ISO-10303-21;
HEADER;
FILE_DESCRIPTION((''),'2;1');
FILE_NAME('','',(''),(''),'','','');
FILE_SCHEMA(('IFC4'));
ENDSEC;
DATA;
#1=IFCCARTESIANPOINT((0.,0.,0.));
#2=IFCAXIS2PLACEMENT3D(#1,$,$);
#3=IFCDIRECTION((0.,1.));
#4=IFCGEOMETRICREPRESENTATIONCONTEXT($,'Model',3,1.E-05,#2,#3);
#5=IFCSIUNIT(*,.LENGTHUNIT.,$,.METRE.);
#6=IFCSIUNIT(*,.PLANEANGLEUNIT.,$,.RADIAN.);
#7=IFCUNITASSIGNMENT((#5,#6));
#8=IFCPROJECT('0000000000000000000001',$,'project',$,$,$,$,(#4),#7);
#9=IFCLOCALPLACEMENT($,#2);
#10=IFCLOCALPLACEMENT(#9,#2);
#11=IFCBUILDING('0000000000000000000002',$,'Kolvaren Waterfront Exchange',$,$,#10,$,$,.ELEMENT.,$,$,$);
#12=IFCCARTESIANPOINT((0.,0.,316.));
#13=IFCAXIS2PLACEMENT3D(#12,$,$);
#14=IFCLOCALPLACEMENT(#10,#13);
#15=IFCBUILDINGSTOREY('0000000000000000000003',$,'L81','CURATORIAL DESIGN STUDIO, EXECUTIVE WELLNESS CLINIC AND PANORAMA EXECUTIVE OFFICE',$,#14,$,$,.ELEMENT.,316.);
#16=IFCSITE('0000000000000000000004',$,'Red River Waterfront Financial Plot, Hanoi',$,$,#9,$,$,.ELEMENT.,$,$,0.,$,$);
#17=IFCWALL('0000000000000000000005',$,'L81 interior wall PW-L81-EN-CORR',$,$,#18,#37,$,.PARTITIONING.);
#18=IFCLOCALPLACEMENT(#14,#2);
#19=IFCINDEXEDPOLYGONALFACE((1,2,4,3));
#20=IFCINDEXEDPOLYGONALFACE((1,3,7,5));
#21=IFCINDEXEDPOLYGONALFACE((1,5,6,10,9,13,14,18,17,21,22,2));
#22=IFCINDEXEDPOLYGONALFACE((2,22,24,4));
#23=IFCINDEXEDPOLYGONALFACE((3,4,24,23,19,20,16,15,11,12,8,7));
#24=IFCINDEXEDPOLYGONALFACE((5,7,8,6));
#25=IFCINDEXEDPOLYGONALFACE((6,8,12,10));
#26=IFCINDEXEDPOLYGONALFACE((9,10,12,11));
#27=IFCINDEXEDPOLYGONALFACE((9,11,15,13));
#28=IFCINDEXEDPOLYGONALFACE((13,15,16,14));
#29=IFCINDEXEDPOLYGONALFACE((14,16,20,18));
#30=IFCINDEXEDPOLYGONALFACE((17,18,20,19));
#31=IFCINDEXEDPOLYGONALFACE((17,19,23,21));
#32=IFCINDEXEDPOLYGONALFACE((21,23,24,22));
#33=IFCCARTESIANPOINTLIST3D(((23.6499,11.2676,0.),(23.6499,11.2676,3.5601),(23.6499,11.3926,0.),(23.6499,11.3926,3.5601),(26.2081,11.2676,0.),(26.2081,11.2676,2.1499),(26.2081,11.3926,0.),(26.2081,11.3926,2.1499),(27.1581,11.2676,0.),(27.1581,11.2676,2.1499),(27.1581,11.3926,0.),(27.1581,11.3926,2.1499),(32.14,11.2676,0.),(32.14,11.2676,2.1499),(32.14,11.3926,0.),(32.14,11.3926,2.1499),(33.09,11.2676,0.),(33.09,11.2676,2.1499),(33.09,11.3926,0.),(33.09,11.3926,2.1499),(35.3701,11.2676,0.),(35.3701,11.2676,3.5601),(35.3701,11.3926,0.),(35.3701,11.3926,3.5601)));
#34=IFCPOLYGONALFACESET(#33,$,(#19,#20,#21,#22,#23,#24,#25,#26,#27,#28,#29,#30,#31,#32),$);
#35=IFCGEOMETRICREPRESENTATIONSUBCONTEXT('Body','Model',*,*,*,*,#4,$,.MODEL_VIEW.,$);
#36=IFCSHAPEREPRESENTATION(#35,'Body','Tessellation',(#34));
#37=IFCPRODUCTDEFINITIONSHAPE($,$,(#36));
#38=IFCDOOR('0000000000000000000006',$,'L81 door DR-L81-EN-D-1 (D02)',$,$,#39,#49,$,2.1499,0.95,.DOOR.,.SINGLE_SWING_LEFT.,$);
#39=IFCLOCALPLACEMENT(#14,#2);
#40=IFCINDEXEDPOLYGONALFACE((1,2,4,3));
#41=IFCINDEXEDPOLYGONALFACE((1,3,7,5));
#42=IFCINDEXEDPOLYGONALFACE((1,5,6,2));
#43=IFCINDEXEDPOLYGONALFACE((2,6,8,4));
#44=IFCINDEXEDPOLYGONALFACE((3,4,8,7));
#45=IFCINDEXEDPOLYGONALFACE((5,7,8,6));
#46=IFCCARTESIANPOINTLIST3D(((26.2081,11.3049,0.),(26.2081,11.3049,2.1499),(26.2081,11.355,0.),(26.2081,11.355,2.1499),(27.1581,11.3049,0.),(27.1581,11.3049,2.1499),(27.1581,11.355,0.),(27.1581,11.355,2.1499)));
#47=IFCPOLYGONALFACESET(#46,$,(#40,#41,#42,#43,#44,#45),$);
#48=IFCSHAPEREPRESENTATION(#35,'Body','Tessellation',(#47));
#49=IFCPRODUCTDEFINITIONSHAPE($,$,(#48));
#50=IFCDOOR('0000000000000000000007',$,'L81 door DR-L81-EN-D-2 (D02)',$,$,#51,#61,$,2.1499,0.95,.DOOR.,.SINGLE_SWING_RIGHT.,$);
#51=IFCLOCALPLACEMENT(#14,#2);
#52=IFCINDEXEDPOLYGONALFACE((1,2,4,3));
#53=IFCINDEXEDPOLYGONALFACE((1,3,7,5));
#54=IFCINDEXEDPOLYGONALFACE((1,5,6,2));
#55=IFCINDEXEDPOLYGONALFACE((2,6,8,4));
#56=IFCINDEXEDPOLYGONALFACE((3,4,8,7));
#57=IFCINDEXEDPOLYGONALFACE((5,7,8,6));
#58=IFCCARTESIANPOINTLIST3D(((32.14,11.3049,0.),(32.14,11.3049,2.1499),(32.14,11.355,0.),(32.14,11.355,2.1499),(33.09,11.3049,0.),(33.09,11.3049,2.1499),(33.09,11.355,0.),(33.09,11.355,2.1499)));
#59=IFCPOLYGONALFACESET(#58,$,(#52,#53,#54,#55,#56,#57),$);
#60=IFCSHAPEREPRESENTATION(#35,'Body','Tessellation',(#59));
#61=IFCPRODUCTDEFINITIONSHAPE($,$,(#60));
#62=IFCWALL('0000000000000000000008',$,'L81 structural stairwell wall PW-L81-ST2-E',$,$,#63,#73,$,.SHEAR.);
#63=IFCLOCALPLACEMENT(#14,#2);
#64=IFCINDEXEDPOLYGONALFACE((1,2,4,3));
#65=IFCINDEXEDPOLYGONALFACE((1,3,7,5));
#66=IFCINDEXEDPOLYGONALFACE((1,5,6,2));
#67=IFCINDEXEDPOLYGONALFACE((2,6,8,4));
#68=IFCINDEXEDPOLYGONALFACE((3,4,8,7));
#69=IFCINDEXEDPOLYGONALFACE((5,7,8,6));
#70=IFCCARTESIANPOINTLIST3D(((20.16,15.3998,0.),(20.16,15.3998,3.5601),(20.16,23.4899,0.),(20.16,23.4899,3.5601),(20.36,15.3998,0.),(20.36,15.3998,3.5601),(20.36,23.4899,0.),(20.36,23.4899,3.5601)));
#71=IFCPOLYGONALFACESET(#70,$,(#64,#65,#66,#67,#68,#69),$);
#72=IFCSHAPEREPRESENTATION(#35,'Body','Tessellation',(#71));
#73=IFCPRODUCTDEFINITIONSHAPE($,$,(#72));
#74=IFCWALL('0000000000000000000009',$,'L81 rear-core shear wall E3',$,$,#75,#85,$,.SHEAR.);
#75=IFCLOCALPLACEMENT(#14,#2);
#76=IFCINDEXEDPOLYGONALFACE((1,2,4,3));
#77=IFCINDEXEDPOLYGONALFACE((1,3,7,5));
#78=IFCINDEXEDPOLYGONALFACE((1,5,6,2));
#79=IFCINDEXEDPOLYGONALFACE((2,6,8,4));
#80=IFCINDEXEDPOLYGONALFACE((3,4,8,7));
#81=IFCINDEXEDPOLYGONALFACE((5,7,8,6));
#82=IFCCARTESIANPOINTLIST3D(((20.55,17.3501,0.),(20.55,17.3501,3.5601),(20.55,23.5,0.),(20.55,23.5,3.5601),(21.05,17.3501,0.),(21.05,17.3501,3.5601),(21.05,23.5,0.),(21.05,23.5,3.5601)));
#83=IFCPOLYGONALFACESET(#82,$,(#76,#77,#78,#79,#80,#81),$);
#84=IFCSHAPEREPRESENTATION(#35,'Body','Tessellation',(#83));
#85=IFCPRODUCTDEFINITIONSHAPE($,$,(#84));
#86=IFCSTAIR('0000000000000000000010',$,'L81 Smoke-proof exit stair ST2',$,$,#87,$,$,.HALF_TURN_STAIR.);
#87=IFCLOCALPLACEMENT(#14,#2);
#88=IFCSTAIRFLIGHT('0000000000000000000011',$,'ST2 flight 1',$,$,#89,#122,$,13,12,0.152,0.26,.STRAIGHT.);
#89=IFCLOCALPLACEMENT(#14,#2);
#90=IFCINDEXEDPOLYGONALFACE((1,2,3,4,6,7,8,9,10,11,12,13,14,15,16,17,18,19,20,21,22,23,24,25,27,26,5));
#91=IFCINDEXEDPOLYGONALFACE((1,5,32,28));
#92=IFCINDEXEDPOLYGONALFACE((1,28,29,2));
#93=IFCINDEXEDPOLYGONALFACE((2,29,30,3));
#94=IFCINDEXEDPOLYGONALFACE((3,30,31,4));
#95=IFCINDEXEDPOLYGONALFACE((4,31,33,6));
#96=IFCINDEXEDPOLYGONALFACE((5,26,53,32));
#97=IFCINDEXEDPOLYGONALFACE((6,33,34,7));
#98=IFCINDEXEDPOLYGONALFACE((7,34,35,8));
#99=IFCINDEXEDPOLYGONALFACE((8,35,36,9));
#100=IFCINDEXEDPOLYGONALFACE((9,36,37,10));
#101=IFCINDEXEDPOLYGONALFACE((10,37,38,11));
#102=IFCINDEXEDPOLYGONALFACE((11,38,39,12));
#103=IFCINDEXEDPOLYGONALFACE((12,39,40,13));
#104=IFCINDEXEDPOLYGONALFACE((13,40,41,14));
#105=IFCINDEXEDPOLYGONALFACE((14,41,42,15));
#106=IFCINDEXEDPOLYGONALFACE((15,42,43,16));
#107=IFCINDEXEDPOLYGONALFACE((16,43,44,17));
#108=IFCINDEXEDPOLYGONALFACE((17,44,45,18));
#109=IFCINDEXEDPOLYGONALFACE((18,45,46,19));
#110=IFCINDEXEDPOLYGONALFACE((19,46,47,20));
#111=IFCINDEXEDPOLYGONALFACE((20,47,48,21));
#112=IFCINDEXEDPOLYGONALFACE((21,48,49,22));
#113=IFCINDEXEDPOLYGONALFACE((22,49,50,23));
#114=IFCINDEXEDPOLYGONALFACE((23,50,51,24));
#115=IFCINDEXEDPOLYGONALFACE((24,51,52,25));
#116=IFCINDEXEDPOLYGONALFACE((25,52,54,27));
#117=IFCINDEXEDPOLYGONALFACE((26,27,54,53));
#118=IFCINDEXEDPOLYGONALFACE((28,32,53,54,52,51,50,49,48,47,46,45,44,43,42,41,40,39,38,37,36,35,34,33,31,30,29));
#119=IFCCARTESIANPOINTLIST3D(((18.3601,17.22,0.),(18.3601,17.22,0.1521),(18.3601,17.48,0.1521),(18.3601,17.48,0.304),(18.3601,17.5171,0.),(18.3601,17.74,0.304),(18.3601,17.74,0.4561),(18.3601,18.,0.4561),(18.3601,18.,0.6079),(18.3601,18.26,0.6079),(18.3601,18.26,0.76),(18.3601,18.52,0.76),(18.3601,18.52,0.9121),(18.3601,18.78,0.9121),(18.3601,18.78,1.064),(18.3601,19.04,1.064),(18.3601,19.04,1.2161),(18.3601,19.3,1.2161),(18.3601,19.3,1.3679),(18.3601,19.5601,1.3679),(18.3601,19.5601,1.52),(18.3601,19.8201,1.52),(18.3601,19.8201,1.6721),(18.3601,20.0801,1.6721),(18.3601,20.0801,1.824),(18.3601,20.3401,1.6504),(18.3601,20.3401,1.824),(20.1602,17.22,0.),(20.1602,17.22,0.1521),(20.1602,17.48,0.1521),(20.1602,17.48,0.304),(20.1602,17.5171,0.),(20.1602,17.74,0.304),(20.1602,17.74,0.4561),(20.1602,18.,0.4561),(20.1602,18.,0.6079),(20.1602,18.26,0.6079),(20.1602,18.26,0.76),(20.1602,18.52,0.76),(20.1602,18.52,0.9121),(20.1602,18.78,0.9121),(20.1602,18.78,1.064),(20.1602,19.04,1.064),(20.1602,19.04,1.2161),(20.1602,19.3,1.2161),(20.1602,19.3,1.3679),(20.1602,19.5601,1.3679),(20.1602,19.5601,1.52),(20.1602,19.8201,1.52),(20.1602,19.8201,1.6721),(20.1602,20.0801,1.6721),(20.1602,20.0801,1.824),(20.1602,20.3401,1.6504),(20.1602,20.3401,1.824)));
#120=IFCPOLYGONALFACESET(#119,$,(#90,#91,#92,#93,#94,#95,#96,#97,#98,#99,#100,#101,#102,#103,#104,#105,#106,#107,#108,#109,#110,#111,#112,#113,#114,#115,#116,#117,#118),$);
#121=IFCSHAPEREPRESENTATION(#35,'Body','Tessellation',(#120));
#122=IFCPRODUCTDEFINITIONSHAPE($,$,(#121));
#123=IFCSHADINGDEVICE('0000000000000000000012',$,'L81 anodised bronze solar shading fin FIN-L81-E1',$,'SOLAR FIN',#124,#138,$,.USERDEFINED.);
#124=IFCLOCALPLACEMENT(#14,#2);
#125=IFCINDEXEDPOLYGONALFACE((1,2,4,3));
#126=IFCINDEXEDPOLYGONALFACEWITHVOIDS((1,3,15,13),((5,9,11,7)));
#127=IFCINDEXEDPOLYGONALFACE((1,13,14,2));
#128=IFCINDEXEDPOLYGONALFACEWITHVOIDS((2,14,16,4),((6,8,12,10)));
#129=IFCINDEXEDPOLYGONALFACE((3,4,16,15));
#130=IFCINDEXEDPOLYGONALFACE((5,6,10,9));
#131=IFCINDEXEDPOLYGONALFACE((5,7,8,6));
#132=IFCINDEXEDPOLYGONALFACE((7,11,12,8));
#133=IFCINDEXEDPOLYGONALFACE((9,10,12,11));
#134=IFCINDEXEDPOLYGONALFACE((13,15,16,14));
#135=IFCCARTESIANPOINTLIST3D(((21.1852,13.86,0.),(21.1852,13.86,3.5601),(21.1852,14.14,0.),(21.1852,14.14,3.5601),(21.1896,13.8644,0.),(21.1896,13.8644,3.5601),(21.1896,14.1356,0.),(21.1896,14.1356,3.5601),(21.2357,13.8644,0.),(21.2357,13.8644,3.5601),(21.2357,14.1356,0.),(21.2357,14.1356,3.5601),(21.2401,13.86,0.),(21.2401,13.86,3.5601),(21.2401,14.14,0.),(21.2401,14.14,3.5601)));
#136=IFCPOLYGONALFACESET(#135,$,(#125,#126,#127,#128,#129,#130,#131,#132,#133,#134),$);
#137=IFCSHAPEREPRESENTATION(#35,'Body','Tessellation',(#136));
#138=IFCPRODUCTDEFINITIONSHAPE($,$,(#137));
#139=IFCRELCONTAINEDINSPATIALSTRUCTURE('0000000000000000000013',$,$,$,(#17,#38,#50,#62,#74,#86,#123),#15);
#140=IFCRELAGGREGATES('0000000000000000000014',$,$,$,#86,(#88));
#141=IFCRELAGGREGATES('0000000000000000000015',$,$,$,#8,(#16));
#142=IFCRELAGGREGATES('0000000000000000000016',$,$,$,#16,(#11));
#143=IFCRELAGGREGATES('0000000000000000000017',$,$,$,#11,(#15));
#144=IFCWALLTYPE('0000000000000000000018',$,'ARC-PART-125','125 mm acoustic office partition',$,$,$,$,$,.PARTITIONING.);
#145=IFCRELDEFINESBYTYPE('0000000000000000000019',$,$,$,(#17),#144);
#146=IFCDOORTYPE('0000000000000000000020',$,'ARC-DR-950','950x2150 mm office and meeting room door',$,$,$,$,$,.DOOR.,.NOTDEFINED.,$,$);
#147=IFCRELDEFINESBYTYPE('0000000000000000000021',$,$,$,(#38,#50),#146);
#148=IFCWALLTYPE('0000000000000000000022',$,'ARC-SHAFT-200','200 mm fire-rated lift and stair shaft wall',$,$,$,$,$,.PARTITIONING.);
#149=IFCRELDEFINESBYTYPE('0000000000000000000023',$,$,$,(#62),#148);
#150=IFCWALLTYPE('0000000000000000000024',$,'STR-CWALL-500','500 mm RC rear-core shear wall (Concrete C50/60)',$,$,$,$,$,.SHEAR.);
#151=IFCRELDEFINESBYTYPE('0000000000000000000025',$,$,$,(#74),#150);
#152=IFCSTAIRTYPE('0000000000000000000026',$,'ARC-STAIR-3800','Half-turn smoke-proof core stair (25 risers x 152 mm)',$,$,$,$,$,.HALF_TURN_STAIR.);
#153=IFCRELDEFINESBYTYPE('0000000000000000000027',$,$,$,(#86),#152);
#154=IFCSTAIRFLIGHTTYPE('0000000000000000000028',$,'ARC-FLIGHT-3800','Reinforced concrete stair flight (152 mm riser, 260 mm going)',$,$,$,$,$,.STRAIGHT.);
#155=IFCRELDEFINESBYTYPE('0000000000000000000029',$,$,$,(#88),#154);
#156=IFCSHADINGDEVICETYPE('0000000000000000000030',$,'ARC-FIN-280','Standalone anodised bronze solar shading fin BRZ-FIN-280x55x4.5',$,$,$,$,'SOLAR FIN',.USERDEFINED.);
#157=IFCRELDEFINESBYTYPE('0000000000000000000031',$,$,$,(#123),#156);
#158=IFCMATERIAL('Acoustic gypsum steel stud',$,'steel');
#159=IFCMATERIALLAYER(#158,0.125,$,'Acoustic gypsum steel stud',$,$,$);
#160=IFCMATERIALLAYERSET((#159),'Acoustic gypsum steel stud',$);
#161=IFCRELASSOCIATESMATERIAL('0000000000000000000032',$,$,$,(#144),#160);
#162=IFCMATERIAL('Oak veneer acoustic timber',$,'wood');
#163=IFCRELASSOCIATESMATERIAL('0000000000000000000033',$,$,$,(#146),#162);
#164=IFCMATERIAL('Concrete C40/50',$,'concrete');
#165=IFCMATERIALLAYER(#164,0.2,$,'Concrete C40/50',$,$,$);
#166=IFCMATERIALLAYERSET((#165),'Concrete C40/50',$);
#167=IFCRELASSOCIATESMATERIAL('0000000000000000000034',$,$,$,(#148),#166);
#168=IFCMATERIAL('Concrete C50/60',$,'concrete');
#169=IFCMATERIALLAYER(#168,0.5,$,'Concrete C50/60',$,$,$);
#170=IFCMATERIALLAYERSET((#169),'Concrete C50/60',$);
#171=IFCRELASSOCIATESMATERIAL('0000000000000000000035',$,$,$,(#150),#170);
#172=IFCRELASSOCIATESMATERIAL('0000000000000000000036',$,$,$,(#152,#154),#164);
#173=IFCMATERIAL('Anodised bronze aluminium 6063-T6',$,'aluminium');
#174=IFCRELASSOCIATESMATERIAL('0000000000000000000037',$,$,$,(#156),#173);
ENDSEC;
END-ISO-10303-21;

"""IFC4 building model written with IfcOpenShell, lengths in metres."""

from ifc_helpers import new_model, si_unit, direction, frame, frame_2d, origin, origin_2d, place, context, subcontext, project, spatial, polyline, rectangle, hollow_rectangle, outline, extrude, material, layer, layer_set, material_profile, profile_set, type_object, element, fill, aggregate, save


model = new_model("IFC4")

# Units and contexts
model_context = context("Model", 3, precision=1e-05, world=origin(), true_north=direction((0.0, 1.0)))
body_context = subcontext(model_context, "Body", "Model", "MODEL_VIEW")
ifc_project = project(units=[si_unit("LENGTHUNIT", "METRE"), si_unit("PLANEANGLEUNIT", "RADIAN")], contexts=[model_context])

# Site, building, storey
site_placement = place(None, origin())
site = spatial("IfcSite", under=ifc_project, at=site_placement, Name="Red River Waterfront Financial Plot, Hanoi", CompositionType="ELEMENT", RefElevation=0.0)
building_placement = place(site_placement, origin())
building = spatial("IfcBuilding", under=site, at=building_placement, Name="Kolvaren Waterfront Exchange", CompositionType="ELEMENT")
storey_placement = place(building_placement, frame((0.0, 0.0, 316.0)))
storey = spatial("IfcBuildingStorey", under=building, at=storey_placement, Name="L81", Description="CURATORIAL DESIGN STUDIO, EXECUTIVE WELLNESS CLINIC AND PANORAMA EXECUTIVE OFFICE", CompositionType="ELEMENT", Elevation=316.0)

# Shared definitions
ifc_material_1 = material(Name="Concrete C50/60", Category="concrete")

# Shared definitions
ifc_material_2 = material(Name="Acoustic gypsum steel stud", Category="steel")
ifc_layer_1 = layer(ifc_material_2, 0.125, Name="Acoustic gypsum steel stud")
ifc_layer_set_1 = layer_set([ifc_layer_1], Name="Acoustic gypsum steel stud")
wall_type_1 = type_object("IfcWallType", Name="ARC-PART-125", Description="125 mm acoustic office partition", PredefinedType="PARTITIONING", material=ifc_layer_set_1)

# Wall, openings, doors
wall_1_placement = place(storey_placement, frame((23.6499, 11.3301, 0.0), z_axis=(0.0, 0.0, 1.0), x_axis=(1.0, 0.0, 0.0)))
wall_1 = element("IfcWall", 1, at=wall_1_placement, inside=storey, type_object=wall_type_1, Name="L81 interior wall PW-L81-EN-CORR", PredefinedType="PARTITIONING", context=body_context, shape_type="SweptSolid", body=[
    extrude(rectangle(XDim=11.7202, YDim=0.125, at=frame_2d((5.8601, 0.0))), origin(), (0.0, 0.0, 1.0), 3.5601),
])
opening_1_placement = place(wall_1_placement, frame((2.5581, 0.0, 0.0)))
opening_1 = element("IfcOpeningElement", 2, at=opening_1_placement, cuts=wall_1, PredefinedType="OPENING", context=body_context, shape_type="SweptSolid", body=[
    extrude(rectangle(XDim=0.95, YDim=2.1499, at=frame_2d((0.4751, 1.075))), frame((0.0, 0.0725, 0.0), z_axis=(0.0, -1.0, 0.0), x_axis=(1.0, 0.0, 0.0)), (0.0, 0.0, 1.0), 0.145),
])
opening_2_placement = place(wall_1_placement, frame((8.49, 0.0, 0.0)))
opening_2 = element("IfcOpeningElement", 3, at=opening_2_placement, cuts=wall_1, PredefinedType="OPENING", context=body_context, shape_type="SweptSolid", body=[
    extrude(rectangle(XDim=0.95, YDim=2.1499, at=frame_2d((0.4751, 1.075))), frame((0.0, 0.0725, 0.0), z_axis=(0.0, -1.0, 0.0), x_axis=(1.0, 0.0, 0.0)), (0.0, 0.0, 1.0), 0.145),
])
ifc_material_3 = material(Name="Oak veneer acoustic timber", Category="wood")
door_type = type_object("IfcDoorType", Name="ARC-DR-950", Description="950x2150 mm office and meeting room door", OperationType="NOTDEFINED", PredefinedType="DOOR", material=ifc_material_3)
door_1_placement = place(opening_1_placement, origin())
door_1 = element("IfcDoor", 4, at=door_1_placement, inside=storey, type_object=door_type, Name="L81 door DR-L81-EN-D-1 (D02)", OperationType="SINGLE_SWING_LEFT", OverallHeight=2.1499, OverallWidth=0.95, PredefinedType="DOOR", context=body_context, shape_type="SweptSolid", body=[
    extrude(rectangle(XDim=0.95, YDim=2.1499, at=frame_2d((0.4751, 1.075))), frame((0.0, 0.0249, 0.0), z_axis=(0.0, -1.0, 0.0), x_axis=(1.0, 0.0, 0.0)), (0.0, 0.0, 1.0), 0.05),
])
fill(opening_1, door_1)
door_2_placement = place(opening_2_placement, origin())
door_2 = element("IfcDoor", 5, at=door_2_placement, inside=storey, type_object=door_type, Name="L81 door DR-L81-EN-D-2 (D02)", OperationType="SINGLE_SWING_RIGHT", OverallHeight=2.1499, OverallWidth=0.95, PredefinedType="DOOR", context=body_context, shape_type="SweptSolid", body=[
    extrude(rectangle(XDim=0.95, YDim=2.1499, at=frame_2d((0.4751, 1.075))), frame((0.0, 0.0249, 0.0), z_axis=(0.0, -1.0, 0.0), x_axis=(1.0, 0.0, 0.0)), (0.0, 0.0, 1.0), 0.05),
])
fill(opening_2, door_2)

# Walls
ifc_material_4 = material(Name="Concrete C40/50", Category="concrete")
ifc_layer_2 = layer(ifc_material_4, 0.2, Name="Concrete C40/50")
ifc_layer_set_2 = layer_set([ifc_layer_2], Name="Concrete C40/50")
wall_type_2 = type_object("IfcWallType", Name="ARC-SHAFT-200", Description="200 mm fire-rated lift and stair shaft wall", PredefinedType="PARTITIONING", material=ifc_layer_set_2)
wall_2_placement = place(storey_placement, frame((20.26, 15.3999, 0.0), z_axis=(0.0, 0.0, 1.0), x_axis=(0.0, 1.0, 0.0)))
element("IfcWall", 6, at=wall_2_placement, inside=storey, type_object=wall_type_2, Name="L81 structural stairwell wall PW-L81-ST2-E", PredefinedType="SHEAR", context=body_context, shape_type="SweptSolid", body=[
    extrude(rectangle(XDim=8.0901, YDim=0.2, at=frame_2d((4.0449, 0.0))), origin(), (0.0, 0.0, 1.0), 3.5601),
])
ifc_layer_3 = layer(ifc_material_1, 0.5, Name="Concrete C50/60")
ifc_layer_set_3 = layer_set([ifc_layer_3], Name="Concrete C50/60")
wall_type_3 = type_object("IfcWallType", Name="STR-CWALL-500", Description="500 mm RC rear-core shear wall (Concrete C50/60)", PredefinedType="SHEAR", material=ifc_layer_set_3)
wall_3_placement = place(storey_placement, frame((20.8, 17.3501, 0.0), z_axis=(0.0, 0.0, 1.0), x_axis=(0.0, 1.0, 0.0)))
element("IfcWall", 7, at=wall_3_placement, inside=storey, type_object=wall_type_3, Name="L81 rear-core shear wall E3", PredefinedType="SHEAR", context=body_context, shape_type="SweptSolid", body=[
    extrude(rectangle(XDim=6.1499, YDim=0.5, at=frame_2d((3.075, 0.0))), origin(), (0.0, 0.0, 1.0), 3.5601),
])

# Stair, stair flight
stair_type = type_object("IfcStairType", Name="ARC-STAIR-3800", Description="Half-turn smoke-proof core stair (25 risers x 152 mm)", PredefinedType="HALF_TURN_STAIR", material=ifc_material_4)
stair_placement = place(storey_placement, origin())
stair = element("IfcStair", 8, at=stair_placement, inside=storey, type_object=stair_type, Name="L81 Smoke-proof exit stair ST2", PredefinedType="HALF_TURN_STAIR")
stair_flight_type = type_object("IfcStairFlightType", Name="ARC-FLIGHT-3800", Description="Reinforced concrete stair flight (152 mm riser, 260 mm going)", PredefinedType="STRAIGHT", material=ifc_material_4)
stair_flight_placement = place(storey_placement, frame((19.26, 17.22, 0.0), z_axis=(0.0, 0.0, 1.0), x_axis=(0.0, 1.0, 0.0)))
stair_flight = element("IfcStairFlight", 9, at=stair_flight_placement, type_object=stair_flight_type, Name="ST2 flight 1", NumberOfRisers=13, NumberOfTreads=12, PredefinedType="STRAIGHT", RiserHeight=0.152, TreadLength=0.26, context=body_context, shape_type="SweptSolid", body=[
    extrude(outline(polyline([(0.0, 0.0), (0.0, 0.1521), (0.26, 0.1521), (0.26, 0.304), (0.52, 0.304), (0.52, 0.4561), (0.78, 0.4561), (0.78, 0.6079), (1.04, 0.6079), (1.04, 0.76), (1.3, 0.76), (1.3, 0.9121), (1.5601, 0.9121), (1.5601, 1.064), (1.8201, 1.064), (1.8201, 1.2161), (2.0801, 1.2161), (2.0801, 1.3679), (2.3401, 1.3679), (2.3401, 1.52), (2.6001, 1.52), (2.6001, 1.6721), (2.8601, 1.6721), (2.8601, 1.824), (3.1201, 1.824), (3.1201, 1.9761), (3.1201, 1.6504), (0.2971, 0.0), (0.0, 0.0)])), frame((0.0, 0.8999, 0.0), z_axis=(0.0, -1.0, 0.0), x_axis=(1.0, 0.0, 0.0)), (0.0, 0.0, 1.0), 1.8),
])
aggregate(stair, [stair_flight])

# Shading device
ifc_material_5 = material(Name="Anodised bronze aluminium 6063-T6", Category="aluminium")
ifc_material_profile_1 = material_profile(ifc_material_5, hollow_rectangle(XDim=0.0549, YDim=0.28, WallThickness=0.0044, at=origin_2d()), Name="BRZ-FIN-280x55x4.5")
ifc_profile_set_1 = profile_set([ifc_material_profile_1], Name="Anodised bronze aluminium 6063-T6")
shading_device_type = type_object("IfcShadingDeviceType", Name="ARC-FIN-280", Description="Standalone anodised bronze solar shading fin BRZ-FIN-280x55x4.5", ElementType="SOLAR FIN", PredefinedType="USERDEFINED", material=ifc_profile_set_1)
shading_device_placement = place(storey_placement, frame((21.2126, 14.0, 0.0), z_axis=(0.0, 0.0, 1.0), x_axis=(1.0, 0.0, 0.0)))
element("IfcShadingDevice", 10, at=shading_device_placement, inside=storey, type_object=shading_device_type, Name="L81 anodised bronze solar shading fin FIN-L81-E1", ObjectType="SOLAR FIN", PredefinedType="USERDEFINED", context=body_context, shape_type="SweptSolid", body=[
    extrude(hollow_rectangle(XDim=0.0549, YDim=0.28, WallThickness=0.0044, at=origin_2d()), origin(), (0.0, 0.0, 1.0), 3.5601),
])

save(model, "model.ifc")
